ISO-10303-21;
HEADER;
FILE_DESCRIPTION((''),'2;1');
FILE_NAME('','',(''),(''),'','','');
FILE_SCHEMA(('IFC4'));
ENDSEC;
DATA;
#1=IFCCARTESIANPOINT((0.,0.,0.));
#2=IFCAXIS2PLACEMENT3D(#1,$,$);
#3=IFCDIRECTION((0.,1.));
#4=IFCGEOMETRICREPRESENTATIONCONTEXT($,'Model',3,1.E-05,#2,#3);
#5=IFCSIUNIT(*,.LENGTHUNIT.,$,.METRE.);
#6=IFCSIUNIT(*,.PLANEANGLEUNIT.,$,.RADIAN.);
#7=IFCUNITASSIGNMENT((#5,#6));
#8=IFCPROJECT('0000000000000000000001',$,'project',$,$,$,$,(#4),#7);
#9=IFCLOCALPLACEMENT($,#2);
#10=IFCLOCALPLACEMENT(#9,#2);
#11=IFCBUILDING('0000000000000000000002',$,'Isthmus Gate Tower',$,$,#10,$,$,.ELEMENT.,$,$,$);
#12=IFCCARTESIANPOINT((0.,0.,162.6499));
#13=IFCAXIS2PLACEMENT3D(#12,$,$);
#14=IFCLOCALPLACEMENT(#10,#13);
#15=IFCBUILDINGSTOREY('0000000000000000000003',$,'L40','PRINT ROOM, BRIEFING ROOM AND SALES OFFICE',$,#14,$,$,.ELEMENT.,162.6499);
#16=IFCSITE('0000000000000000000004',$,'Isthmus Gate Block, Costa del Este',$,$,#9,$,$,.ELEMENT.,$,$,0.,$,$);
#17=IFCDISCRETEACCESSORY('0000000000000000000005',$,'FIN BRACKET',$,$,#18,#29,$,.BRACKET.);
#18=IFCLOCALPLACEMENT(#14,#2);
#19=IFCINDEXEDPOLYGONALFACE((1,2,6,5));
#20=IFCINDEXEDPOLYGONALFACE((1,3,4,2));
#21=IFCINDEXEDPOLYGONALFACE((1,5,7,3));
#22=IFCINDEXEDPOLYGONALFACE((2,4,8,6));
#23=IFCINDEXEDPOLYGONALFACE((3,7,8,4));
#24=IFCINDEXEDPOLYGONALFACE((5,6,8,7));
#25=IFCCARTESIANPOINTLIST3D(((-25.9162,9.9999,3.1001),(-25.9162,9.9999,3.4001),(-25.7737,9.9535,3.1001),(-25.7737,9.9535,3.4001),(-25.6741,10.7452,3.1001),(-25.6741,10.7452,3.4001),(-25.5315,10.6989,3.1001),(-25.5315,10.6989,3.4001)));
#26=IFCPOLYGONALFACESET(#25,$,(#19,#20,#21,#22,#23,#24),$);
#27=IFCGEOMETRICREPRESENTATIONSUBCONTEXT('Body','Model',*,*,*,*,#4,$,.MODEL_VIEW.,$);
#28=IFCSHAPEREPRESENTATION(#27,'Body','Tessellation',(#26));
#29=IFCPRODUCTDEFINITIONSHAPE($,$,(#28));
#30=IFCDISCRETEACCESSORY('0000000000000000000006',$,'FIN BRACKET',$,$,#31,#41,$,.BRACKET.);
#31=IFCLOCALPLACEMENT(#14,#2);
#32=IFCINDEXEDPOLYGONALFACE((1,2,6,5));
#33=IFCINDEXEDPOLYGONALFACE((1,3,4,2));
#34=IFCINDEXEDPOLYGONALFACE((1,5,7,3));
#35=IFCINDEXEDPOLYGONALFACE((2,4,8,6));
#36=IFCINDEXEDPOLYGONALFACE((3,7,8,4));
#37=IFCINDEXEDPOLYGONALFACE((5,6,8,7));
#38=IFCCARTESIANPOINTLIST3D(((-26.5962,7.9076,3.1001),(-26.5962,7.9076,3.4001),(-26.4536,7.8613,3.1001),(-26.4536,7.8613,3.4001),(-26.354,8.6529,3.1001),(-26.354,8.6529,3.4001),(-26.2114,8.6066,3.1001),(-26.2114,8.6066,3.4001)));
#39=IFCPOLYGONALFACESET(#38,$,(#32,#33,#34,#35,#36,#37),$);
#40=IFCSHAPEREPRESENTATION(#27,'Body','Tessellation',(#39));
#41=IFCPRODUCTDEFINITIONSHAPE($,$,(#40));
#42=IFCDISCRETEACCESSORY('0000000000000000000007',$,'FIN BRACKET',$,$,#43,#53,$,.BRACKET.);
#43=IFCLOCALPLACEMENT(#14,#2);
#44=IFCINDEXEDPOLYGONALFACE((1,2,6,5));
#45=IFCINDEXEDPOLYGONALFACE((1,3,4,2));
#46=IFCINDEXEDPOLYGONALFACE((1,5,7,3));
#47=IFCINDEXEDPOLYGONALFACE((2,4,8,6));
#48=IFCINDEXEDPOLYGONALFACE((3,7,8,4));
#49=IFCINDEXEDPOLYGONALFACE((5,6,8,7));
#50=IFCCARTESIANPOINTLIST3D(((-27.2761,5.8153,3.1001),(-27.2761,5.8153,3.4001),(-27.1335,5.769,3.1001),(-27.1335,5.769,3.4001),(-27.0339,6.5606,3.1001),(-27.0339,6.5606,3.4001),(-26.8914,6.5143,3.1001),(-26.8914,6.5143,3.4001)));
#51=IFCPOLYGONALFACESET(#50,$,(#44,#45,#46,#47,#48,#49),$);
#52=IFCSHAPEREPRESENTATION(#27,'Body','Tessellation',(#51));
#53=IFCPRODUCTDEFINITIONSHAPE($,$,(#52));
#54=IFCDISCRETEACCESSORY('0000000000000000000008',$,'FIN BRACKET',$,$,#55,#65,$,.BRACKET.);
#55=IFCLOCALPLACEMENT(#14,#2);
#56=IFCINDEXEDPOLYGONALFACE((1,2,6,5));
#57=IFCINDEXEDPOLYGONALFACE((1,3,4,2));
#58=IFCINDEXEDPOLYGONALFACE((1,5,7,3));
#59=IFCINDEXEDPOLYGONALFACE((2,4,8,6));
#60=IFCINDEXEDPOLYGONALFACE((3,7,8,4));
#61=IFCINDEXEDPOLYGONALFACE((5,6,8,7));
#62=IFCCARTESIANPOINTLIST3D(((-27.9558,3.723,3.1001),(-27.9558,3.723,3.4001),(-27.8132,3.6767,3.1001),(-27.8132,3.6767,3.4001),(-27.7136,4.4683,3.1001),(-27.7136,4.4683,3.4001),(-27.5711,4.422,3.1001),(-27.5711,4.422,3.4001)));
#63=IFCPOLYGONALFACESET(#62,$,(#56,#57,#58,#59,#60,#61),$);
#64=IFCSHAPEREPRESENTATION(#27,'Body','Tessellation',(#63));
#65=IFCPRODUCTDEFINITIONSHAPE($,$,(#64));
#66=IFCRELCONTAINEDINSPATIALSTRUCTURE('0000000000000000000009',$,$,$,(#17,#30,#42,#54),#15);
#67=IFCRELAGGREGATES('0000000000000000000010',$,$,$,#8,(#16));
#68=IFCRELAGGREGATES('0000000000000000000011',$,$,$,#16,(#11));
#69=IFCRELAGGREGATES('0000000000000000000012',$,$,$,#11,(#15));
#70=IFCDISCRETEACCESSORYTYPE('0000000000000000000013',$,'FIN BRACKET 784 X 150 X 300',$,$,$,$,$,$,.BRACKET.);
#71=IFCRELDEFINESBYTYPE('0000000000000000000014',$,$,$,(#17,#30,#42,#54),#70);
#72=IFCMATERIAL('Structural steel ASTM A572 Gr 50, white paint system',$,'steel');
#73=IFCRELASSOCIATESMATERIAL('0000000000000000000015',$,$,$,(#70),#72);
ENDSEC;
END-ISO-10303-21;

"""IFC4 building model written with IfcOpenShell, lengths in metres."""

from ifc_helpers import new_model, si_unit, direction, frame, origin, origin_2d, place, context, subcontext, project, spatial, rectangle, extrude, material, type_object, element, save


model = new_model("IFC4")

# Units and contexts
model_context = context("Model", 3, precision=1e-05, world=origin(), true_north=direction((0.0, 1.0)))
body_context = subcontext(model_context, "Body", "Model", "MODEL_VIEW")
ifc_project = project(units=[si_unit("LENGTHUNIT", "METRE"), si_unit("PLANEANGLEUNIT", "RADIAN")], contexts=[model_context])

# Site, building, storey
site_placement = place(None, origin())
site = spatial("IfcSite", under=ifc_project, at=site_placement, Name="Isthmus Gate Block, Costa del Este", CompositionType="ELEMENT", RefElevation=0.0)
building_placement = place(site_placement, origin())
building = spatial("IfcBuilding", under=site, at=building_placement, Name="Isthmus Gate Tower", CompositionType="ELEMENT")
storey_placement = place(building_placement, frame((0.0, 0.0, 162.6499)))
storey = spatial("IfcBuildingStorey", under=building, at=storey_placement, Name="L40", Description="PRINT ROOM, BRIEFING ROOM AND SALES OFFICE", CompositionType="ELEMENT", Elevation=162.6499)

# Discrete accessories
ifc_material_1 = material(Name="Structural steel ASTM A572 Gr 50, white paint system", Category="steel")
discrete_accessory_type = type_object("IfcDiscreteAccessoryType", Name="FIN BRACKET 784 X 150 X 300", PredefinedType="BRACKET", material=ifc_material_1)
for number, where, z_axis, x_axis, name in (
    (1, (-25.7239, 10.3494, 3.1001), (0.0, 0.0, 1.0), (-0.951057, 0.309017, 0.0), "FIN BRACKET"),
    (2, (-26.4038, 8.2571, 3.1001), (0.0, 0.0, 1.0), (-0.951057, 0.309017, 0.0), "FIN BRACKET"),
    (3, (-27.0837, 6.1648, 3.1001), (0.0, 0.0, 1.0), (-0.951057, 0.309017, 0.0), "FIN BRACKET"),
    (4, (-27.7634, 4.0725, 3.1001), (0.0, 0.0, 1.0), (-0.951057, 0.309017, 0.0), "FIN BRACKET"),
):
    element("IfcDiscreteAccessory", number, at=place(storey_placement, frame(where, z_axis=z_axis, x_axis=x_axis)), inside=storey, type_object=discrete_accessory_type, Name=name, PredefinedType="BRACKET", context=body_context, shape_type="SweptSolid", body=[
        extrude(rectangle(XDim=0.1499, YDim=0.7837, at=origin_2d()), origin(), (0.0, 0.0, 1.0), 0.3),
    ])

save(model, "model.ifc")
